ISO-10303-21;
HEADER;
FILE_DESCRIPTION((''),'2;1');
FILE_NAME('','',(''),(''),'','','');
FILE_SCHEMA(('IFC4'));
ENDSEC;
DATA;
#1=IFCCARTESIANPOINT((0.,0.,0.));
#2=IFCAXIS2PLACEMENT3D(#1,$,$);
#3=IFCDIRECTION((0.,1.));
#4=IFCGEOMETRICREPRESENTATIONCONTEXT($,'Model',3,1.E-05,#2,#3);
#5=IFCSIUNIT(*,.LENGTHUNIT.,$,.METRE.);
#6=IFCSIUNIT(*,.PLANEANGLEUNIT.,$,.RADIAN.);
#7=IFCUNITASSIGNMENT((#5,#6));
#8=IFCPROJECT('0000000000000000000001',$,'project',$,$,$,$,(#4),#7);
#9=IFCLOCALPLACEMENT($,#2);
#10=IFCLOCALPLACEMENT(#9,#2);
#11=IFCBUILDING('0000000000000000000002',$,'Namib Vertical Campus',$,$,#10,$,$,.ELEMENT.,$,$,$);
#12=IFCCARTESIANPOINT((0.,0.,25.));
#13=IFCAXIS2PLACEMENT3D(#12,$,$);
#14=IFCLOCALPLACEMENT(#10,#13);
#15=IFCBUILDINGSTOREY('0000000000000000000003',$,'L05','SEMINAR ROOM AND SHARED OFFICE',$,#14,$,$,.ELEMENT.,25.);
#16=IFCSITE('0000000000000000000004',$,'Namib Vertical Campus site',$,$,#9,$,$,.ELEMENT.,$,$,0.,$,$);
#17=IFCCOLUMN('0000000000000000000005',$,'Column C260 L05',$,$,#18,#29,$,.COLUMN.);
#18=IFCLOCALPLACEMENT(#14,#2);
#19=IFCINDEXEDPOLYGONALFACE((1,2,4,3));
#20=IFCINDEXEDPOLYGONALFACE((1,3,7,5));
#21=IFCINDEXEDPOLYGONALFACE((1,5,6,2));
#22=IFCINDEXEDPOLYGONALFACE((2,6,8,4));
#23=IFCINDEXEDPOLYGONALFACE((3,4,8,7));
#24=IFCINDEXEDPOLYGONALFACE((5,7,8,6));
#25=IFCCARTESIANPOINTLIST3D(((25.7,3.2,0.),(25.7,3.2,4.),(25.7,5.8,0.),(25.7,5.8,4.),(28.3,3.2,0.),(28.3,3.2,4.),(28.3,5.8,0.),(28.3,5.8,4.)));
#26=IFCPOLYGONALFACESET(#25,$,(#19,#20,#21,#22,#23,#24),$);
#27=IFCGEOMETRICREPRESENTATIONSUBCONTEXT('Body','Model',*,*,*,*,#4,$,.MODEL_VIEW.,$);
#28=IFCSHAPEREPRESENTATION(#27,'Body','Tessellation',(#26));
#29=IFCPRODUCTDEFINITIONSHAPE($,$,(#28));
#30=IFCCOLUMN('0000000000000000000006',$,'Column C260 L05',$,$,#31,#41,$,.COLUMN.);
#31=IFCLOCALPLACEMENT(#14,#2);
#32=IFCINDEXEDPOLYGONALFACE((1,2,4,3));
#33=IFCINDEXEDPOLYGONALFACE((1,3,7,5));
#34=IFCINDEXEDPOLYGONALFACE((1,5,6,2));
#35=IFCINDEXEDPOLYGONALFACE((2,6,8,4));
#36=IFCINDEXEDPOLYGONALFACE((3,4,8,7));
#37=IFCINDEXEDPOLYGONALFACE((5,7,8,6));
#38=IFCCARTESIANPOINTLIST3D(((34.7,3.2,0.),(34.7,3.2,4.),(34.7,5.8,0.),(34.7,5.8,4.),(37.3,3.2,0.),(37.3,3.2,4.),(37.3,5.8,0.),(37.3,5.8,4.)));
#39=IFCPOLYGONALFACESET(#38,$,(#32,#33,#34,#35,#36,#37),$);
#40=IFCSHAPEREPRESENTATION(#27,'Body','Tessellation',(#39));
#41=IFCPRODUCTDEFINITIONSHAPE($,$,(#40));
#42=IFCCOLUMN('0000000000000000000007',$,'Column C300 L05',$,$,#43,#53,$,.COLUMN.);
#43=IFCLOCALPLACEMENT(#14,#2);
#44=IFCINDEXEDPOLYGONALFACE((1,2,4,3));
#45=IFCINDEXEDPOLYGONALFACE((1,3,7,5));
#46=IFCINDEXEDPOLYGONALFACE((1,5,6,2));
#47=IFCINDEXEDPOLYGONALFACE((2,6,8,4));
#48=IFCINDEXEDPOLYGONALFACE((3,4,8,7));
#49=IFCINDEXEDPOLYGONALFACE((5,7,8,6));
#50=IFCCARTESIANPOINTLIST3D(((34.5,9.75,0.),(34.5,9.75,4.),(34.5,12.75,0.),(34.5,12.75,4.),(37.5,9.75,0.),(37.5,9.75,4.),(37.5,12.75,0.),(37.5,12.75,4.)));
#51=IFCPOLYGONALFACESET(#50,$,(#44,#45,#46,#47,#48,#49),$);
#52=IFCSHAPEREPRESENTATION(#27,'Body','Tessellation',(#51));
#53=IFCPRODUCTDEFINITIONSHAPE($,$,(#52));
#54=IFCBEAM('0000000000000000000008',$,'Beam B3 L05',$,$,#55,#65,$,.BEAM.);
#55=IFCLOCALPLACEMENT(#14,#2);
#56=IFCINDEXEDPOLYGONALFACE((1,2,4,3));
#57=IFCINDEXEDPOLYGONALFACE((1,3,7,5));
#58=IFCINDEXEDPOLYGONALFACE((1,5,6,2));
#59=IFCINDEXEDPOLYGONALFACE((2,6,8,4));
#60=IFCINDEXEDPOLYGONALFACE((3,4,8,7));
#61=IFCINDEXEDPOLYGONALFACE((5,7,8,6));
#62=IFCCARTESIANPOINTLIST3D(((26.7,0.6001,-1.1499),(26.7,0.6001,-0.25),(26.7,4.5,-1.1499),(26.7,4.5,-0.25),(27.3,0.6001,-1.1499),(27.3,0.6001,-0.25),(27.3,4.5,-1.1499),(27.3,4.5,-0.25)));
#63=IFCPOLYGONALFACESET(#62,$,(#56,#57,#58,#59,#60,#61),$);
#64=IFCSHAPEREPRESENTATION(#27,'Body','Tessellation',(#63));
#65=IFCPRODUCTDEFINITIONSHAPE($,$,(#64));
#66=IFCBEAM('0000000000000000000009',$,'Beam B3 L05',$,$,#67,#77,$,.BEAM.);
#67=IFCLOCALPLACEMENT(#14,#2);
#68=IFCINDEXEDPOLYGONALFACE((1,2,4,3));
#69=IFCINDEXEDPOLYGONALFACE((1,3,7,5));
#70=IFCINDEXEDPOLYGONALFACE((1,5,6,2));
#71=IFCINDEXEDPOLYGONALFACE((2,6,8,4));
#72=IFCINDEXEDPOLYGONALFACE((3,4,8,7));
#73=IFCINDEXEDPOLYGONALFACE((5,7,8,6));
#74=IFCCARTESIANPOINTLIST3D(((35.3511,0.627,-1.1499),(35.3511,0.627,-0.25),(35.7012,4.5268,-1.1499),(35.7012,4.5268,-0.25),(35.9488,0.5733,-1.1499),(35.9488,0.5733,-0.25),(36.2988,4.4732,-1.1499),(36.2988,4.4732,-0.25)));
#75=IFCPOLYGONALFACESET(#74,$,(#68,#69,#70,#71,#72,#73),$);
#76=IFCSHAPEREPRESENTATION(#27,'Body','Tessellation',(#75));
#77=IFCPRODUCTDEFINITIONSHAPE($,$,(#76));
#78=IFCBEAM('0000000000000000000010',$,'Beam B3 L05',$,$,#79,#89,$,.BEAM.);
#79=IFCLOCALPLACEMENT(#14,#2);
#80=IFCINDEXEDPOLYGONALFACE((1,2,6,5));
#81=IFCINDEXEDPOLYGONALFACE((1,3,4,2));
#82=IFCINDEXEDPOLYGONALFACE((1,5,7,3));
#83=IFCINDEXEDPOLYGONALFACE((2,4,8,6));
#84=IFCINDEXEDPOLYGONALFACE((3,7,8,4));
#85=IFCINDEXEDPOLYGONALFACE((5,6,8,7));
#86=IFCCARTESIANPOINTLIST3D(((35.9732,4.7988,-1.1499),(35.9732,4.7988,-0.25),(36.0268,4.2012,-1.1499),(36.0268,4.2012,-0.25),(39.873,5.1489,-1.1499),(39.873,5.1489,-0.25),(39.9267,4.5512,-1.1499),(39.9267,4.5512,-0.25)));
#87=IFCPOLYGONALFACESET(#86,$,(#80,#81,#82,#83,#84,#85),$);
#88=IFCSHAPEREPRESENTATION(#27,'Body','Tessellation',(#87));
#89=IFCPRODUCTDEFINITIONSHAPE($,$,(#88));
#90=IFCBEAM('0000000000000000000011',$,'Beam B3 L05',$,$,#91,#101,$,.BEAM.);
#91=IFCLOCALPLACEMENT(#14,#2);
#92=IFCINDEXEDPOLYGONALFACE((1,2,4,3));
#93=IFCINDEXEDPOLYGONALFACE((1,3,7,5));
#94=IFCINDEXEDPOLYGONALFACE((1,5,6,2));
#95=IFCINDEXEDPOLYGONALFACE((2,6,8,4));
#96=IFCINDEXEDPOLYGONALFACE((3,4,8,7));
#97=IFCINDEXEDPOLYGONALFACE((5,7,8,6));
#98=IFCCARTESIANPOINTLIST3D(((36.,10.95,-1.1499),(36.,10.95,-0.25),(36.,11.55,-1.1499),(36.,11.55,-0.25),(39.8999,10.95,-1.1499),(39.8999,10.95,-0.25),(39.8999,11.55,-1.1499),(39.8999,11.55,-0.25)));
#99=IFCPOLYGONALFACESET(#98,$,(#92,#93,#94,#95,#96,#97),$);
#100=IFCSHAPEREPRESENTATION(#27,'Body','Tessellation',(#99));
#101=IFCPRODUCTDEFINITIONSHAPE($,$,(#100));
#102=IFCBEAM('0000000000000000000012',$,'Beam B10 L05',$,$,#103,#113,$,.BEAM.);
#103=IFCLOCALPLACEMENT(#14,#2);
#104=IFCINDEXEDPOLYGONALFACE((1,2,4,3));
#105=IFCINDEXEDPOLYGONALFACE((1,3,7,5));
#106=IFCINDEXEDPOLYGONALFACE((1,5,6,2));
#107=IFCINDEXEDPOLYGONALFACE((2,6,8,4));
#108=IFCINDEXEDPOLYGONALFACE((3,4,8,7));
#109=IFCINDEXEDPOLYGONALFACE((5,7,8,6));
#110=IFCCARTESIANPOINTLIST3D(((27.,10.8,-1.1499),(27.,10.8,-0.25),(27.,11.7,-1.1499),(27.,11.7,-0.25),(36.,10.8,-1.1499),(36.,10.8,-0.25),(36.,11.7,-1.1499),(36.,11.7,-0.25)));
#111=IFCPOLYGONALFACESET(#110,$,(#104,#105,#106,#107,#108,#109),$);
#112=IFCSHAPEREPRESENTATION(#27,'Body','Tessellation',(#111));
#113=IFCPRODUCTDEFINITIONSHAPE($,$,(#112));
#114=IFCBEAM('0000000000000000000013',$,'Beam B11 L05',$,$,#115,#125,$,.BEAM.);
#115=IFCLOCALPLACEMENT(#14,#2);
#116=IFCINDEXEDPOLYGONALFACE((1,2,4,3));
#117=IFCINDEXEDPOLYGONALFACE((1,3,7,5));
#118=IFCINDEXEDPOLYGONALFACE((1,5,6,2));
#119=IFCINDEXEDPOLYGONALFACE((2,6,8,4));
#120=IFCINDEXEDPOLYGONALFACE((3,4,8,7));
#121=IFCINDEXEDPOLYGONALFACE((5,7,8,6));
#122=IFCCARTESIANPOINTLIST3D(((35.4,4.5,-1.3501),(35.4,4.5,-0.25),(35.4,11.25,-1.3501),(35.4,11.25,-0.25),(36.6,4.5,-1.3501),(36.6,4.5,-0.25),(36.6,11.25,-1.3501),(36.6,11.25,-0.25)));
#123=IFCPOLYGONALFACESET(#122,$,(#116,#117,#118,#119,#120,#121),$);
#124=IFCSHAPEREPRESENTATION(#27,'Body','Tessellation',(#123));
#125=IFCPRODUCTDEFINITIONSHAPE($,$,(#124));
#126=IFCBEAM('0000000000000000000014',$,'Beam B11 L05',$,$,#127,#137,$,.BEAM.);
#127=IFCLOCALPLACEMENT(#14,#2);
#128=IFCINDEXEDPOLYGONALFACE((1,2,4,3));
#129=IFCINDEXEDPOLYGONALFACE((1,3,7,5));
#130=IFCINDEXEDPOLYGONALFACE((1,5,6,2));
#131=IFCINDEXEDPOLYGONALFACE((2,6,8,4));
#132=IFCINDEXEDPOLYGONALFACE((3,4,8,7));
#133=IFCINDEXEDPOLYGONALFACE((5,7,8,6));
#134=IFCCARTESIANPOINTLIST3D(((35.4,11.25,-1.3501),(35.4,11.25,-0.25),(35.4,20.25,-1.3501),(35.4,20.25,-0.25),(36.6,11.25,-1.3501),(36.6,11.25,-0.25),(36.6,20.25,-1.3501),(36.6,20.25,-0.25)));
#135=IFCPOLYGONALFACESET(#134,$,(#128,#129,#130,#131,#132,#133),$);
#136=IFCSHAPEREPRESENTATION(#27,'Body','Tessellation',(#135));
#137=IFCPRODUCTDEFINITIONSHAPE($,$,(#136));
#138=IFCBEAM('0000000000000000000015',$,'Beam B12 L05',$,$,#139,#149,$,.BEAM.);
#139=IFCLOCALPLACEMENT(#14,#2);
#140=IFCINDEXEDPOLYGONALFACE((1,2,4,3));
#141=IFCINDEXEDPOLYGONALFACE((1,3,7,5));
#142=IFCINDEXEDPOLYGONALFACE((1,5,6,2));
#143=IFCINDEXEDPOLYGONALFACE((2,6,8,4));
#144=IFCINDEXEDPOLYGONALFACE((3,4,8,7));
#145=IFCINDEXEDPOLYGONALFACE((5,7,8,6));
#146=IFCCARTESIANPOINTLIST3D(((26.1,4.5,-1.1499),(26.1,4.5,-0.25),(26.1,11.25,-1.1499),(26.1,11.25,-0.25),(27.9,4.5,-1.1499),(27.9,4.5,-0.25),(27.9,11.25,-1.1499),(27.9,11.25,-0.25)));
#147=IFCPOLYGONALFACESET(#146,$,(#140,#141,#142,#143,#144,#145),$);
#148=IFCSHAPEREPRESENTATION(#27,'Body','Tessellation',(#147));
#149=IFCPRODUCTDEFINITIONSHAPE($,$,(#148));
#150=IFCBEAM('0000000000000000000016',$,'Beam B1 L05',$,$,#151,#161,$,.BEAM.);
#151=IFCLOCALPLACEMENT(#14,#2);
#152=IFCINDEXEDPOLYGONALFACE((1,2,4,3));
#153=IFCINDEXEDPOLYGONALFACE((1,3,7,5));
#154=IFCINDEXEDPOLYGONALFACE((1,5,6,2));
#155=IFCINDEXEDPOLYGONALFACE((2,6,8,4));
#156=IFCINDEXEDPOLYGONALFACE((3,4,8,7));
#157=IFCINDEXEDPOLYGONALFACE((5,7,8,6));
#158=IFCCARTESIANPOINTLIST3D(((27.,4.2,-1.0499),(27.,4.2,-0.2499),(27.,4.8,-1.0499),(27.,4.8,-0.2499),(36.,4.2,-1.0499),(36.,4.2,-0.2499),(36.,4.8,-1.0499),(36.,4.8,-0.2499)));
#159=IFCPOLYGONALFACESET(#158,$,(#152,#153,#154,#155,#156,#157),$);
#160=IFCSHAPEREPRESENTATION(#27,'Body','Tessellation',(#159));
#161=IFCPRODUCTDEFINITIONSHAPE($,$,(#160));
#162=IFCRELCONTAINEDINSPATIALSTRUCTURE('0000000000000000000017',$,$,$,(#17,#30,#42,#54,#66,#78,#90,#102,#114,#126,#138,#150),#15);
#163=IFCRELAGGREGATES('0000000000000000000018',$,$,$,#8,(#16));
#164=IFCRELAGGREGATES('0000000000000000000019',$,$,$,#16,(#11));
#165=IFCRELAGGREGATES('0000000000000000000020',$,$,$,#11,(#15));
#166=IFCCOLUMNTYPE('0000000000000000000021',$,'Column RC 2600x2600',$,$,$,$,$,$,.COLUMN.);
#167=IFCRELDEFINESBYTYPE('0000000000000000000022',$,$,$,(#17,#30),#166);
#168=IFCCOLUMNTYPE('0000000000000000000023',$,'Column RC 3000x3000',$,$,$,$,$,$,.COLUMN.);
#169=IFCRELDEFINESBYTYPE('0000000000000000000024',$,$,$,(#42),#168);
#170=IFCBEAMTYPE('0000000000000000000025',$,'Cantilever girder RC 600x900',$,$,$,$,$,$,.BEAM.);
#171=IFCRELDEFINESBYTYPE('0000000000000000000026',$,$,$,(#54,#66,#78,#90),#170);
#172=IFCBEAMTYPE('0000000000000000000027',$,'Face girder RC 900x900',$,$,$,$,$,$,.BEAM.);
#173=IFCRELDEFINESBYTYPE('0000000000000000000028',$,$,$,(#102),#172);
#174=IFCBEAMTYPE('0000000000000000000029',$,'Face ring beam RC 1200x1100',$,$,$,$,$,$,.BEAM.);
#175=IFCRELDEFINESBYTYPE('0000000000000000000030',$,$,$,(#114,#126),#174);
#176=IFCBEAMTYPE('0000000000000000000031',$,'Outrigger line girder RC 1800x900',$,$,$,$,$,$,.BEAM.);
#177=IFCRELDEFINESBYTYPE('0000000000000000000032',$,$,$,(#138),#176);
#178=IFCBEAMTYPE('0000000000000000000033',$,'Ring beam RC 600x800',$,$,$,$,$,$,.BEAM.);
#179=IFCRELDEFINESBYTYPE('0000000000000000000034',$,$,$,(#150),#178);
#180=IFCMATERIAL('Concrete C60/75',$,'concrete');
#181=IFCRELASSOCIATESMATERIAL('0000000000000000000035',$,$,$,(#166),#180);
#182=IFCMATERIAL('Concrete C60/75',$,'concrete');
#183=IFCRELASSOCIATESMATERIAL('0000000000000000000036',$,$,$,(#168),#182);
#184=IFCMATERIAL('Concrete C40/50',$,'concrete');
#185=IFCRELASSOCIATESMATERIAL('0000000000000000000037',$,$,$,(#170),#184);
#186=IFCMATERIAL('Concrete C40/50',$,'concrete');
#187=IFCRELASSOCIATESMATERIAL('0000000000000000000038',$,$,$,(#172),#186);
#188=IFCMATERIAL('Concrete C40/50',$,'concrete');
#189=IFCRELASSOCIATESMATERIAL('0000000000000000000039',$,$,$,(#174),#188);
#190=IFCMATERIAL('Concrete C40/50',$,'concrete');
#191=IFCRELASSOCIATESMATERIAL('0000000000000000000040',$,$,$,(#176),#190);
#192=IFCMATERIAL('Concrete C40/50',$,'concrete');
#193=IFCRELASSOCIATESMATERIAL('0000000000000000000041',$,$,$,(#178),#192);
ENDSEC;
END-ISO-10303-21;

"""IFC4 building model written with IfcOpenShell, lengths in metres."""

from ifc_helpers import new_model, si_unit, direction, frame, origin, origin_2d, place, context, subcontext, project, spatial, rectangle, extrude, material, material_profile, profile_set, type_object, element, save


model = new_model("IFC4")

# Units and contexts
model_context = context("Model", 3, precision=1e-05, world=origin(), true_north=direction((0.0, 1.0)))
body_context = subcontext(model_context, "Body", "Model", "MODEL_VIEW")
ifc_project = project(units=[si_unit("LENGTHUNIT", "METRE"), si_unit("PLANEANGLEUNIT", "RADIAN")], contexts=[model_context])

# Site, building, storey
site_placement = place(None, origin())
site = spatial("IfcSite", under=ifc_project, at=site_placement, Name="Namib Vertical Campus site", CompositionType="ELEMENT", RefElevation=0.0)
building_placement = place(site_placement, origin())
building = spatial("IfcBuilding", under=site, at=building_placement, Name="Namib Vertical Campus", CompositionType="ELEMENT")
storey_placement = place(building_placement, frame((0.0, 0.0, 25.0)))
storey = spatial("IfcBuildingStorey", under=building, at=storey_placement, Name="L05", Description="SEMINAR ROOM AND SHARED OFFICE", CompositionType="ELEMENT", Elevation=25.0)

# Columns
ifc_material_1 = material(Name="Concrete C60/75", Category="concrete")
ifc_material_profile_1 = material_profile(ifc_material_1, rectangle(XDim=2.6001, YDim=2.6001, at=origin_2d()))
ifc_profile_set_1 = profile_set([ifc_material_profile_1], Name="Concrete C60/75")
column_type_1 = type_object("IfcColumnType", Name="Column RC 2600x2600", PredefinedType="COLUMN", material=ifc_profile_set_1)
for number, where, z_axis, x_axis, name in (
    (1, (27.0, 4.5, 0.0), (0.0, 0.0, 1.0), (1.0, 0.0, 0.0), "Column C260 L05"),
    (2, (36.0, 4.5, 0.0), (0.0, 0.0, 1.0), (1.0, 0.0, 0.0), "Column C260 L05"),
):
    element("IfcColumn", number, at=place(storey_placement, frame(where, z_axis=z_axis, x_axis=x_axis)), inside=storey, type_object=column_type_1, Name=name, PredefinedType="COLUMN", context=body_context, shape_type="SweptSolid", body=[
        extrude(rectangle(XDim=2.6001, YDim=2.6001, at=origin_2d()), origin(), (0.0, 0.0, 1.0), 4.0),
    ])
ifc_material_2 = material(Name="Concrete C60/75", Category="concrete")
ifc_material_profile_2 = material_profile(ifc_material_2, rectangle(XDim=3.0, YDim=3.0, at=origin_2d()))
ifc_profile_set_2 = profile_set([ifc_material_profile_2], Name="Concrete C60/75")
column_type_2 = type_object("IfcColumnType", Name="Column RC 3000x3000", PredefinedType="COLUMN", material=ifc_profile_set_2)
column_placement = place(storey_placement, frame((36.0, 11.25, 0.0), z_axis=(0.0, 0.0, 1.0), x_axis=(1.0, 0.0, 0.0)))
element("IfcColumn", 3, at=column_placement, inside=storey, type_object=column_type_2, Name="Column C300 L05", PredefinedType="COLUMN", context=body_context, shape_type="SweptSolid", body=[
    extrude(rectangle(XDim=3.0, YDim=3.0, at=origin_2d()), origin(), (0.0, 0.0, 1.0), 4.0),
])

# Beams
ifc_material_3 = material(Name="Concrete C40/50", Category="concrete")
ifc_material_profile_3 = material_profile(ifc_material_3, rectangle(XDim=0.6001, YDim=0.8999, at=origin_2d()))
ifc_profile_set_3 = profile_set([ifc_material_profile_3], Name="Concrete C40/50")
beam_type_1 = type_object("IfcBeamType", Name="Cantilever girder RC 600x900", PredefinedType="BEAM", material=ifc_profile_set_3)
beam_1_placement = place(storey_placement, frame((27.0, 4.5, -0.7), z_axis=(0.0, -1.0, 0.0), x_axis=(1.0, 0.0, 0.0)))
element("IfcBeam", 4, at=beam_1_placement, inside=storey, type_object=beam_type_1, Name="Beam B3 L05", PredefinedType="BEAM", context=body_context, shape_type="SweptSolid", body=[
    extrude(rectangle(XDim=0.6001, YDim=0.8999, at=origin_2d()), origin(), (0.0, 0.0, 1.0), 3.8999),
])
for number, where, z_axis, x_axis, name in (
    (5, (36.0, 4.5, -0.7), (-0.089411, -0.995995, 0.0), (0.995995, -0.089411, 0.0), "Beam B3 L05"),
    (6, (36.0, 4.5, -0.7), (0.995995, 0.089411, 0.0), (-0.089411, 0.995995, 0.0), "Beam B3 L05"),
):
    element("IfcBeam", number, at=place(storey_placement, frame(where, z_axis=z_axis, x_axis=x_axis)), inside=storey, type_object=beam_type_1, Name=name, PredefinedType="BEAM", context=body_context, shape_type="SweptSolid", body=[
        extrude(rectangle(XDim=0.6001, YDim=0.8999, at=origin_2d()), origin(), (0.0, 0.0, 1.0), 3.9155),
    ])
beam_2_placement = place(storey_placement, frame((36.0, 11.25, -0.7), z_axis=(1.0, 0.0, 0.0), x_axis=(0.0, 1.0, 0.0)))
element("IfcBeam", 7, at=beam_2_placement, inside=storey, type_object=beam_type_1, Name="Beam B3 L05", PredefinedType="BEAM", context=body_context, shape_type="SweptSolid", body=[
    extrude(rectangle(XDim=0.6001, YDim=0.8999, at=origin_2d()), origin(), (0.0, 0.0, 1.0), 3.8999),
])
ifc_material_4 = material(Name="Concrete C40/50", Category="concrete")
ifc_material_profile_4 = material_profile(ifc_material_4, rectangle(XDim=0.8999, YDim=0.8999, at=origin_2d()))
ifc_profile_set_4 = profile_set([ifc_material_profile_4], Name="Concrete C40/50")
beam_type_2 = type_object("IfcBeamType", Name="Face girder RC 900x900", PredefinedType="BEAM", material=ifc_profile_set_4)
beam_3_placement = place(storey_placement, frame((36.0, 11.25, -0.7), z_axis=(-1.0, 0.0, 0.0), x_axis=(0.0, -1.0, 0.0)))
element("IfcBeam", 8, at=beam_3_placement, inside=storey, type_object=beam_type_2, Name="Beam B10 L05", PredefinedType="BEAM", context=body_context, shape_type="SweptSolid", body=[
    extrude(rectangle(XDim=0.8999, YDim=0.8999, at=origin_2d()), origin(), (0.0, 0.0, 1.0), 9.0),
])
ifc_material_5 = material(Name="Concrete C40/50", Category="concrete")
ifc_material_profile_5 = material_profile(ifc_material_5, rectangle(XDim=1.2, YDim=1.1001, at=origin_2d()))
ifc_profile_set_5 = profile_set([ifc_material_profile_5], Name="Concrete C40/50")
beam_type_3 = type_object("IfcBeamType", Name="Face ring beam RC 1200x1100", PredefinedType="BEAM", material=ifc_profile_set_5)
beam_4_placement = place(storey_placement, frame((36.0, 4.5, -0.8), z_axis=(0.0, 1.0, 0.0), x_axis=(-1.0, 0.0, 0.0)))
element("IfcBeam", 9, at=beam_4_placement, inside=storey, type_object=beam_type_3, Name="Beam B11 L05", PredefinedType="BEAM", context=body_context, shape_type="SweptSolid", body=[
    extrude(rectangle(XDim=1.2, YDim=1.1001, at=origin_2d()), origin(), (0.0, 0.0, 1.0), 6.75),
])
beam_5_placement = place(storey_placement, frame((36.0, 11.25, -0.8), z_axis=(0.0, 1.0, 0.0), x_axis=(-1.0, 0.0, 0.0)))
element("IfcBeam", 10, at=beam_5_placement, inside=storey, type_object=beam_type_3, Name="Beam B11 L05", PredefinedType="BEAM", context=body_context, shape_type="SweptSolid", body=[
    extrude(rectangle(XDim=1.2, YDim=1.1001, at=origin_2d()), origin(), (0.0, 0.0, 1.0), 9.0),
])
ifc_material_6 = material(Name="Concrete C40/50", Category="concrete")
ifc_material_profile_6 = material_profile(ifc_material_6, rectangle(XDim=1.8, YDim=0.8999, at=origin_2d()))
ifc_profile_set_6 = profile_set([ifc_material_profile_6], Name="Concrete C40/50")
beam_type_4 = type_object("IfcBeamType", Name="Outrigger line girder RC 1800x900", PredefinedType="BEAM", material=ifc_profile_set_6)
beam_6_placement = place(storey_placement, frame((27.0, 4.5, -0.7), z_axis=(0.0, 1.0, 0.0), x_axis=(-1.0, 0.0, 0.0)))
element("IfcBeam", 11, at=beam_6_placement, inside=storey, type_object=beam_type_4, Name="Beam B12 L05", PredefinedType="BEAM", context=body_context, shape_type="SweptSolid", body=[
    extrude(rectangle(XDim=1.8, YDim=0.8999, at=origin_2d()), origin(), (0.0, 0.0, 1.0), 6.75),
])
ifc_material_7 = material(Name="Concrete C40/50", Category="concrete")
ifc_material_profile_7 = material_profile(ifc_material_7, rectangle(XDim=0.6001, YDim=0.8, at=origin_2d()))
ifc_profile_set_7 = profile_set([ifc_material_profile_7], Name="Concrete C40/50")
beam_type_5 = type_object("IfcBeamType", Name="Ring beam RC 600x800", PredefinedType="BEAM", material=ifc_profile_set_7)
beam_7_placement = place(storey_placement, frame((27.0, 4.5, -0.6499), z_axis=(1.0, 0.0, 0.0), x_axis=(0.0, 1.0, 0.0)))
element("IfcBeam", 12, at=beam_7_placement, inside=storey, type_object=beam_type_5, Name="Beam B1 L05", PredefinedType="BEAM", context=body_context, shape_type="SweptSolid", body=[
    extrude(rectangle(XDim=0.6001, YDim=0.8, at=origin_2d()), origin(), (0.0, 0.0, 1.0), 9.0),
])

save(model, "model.ifc")
